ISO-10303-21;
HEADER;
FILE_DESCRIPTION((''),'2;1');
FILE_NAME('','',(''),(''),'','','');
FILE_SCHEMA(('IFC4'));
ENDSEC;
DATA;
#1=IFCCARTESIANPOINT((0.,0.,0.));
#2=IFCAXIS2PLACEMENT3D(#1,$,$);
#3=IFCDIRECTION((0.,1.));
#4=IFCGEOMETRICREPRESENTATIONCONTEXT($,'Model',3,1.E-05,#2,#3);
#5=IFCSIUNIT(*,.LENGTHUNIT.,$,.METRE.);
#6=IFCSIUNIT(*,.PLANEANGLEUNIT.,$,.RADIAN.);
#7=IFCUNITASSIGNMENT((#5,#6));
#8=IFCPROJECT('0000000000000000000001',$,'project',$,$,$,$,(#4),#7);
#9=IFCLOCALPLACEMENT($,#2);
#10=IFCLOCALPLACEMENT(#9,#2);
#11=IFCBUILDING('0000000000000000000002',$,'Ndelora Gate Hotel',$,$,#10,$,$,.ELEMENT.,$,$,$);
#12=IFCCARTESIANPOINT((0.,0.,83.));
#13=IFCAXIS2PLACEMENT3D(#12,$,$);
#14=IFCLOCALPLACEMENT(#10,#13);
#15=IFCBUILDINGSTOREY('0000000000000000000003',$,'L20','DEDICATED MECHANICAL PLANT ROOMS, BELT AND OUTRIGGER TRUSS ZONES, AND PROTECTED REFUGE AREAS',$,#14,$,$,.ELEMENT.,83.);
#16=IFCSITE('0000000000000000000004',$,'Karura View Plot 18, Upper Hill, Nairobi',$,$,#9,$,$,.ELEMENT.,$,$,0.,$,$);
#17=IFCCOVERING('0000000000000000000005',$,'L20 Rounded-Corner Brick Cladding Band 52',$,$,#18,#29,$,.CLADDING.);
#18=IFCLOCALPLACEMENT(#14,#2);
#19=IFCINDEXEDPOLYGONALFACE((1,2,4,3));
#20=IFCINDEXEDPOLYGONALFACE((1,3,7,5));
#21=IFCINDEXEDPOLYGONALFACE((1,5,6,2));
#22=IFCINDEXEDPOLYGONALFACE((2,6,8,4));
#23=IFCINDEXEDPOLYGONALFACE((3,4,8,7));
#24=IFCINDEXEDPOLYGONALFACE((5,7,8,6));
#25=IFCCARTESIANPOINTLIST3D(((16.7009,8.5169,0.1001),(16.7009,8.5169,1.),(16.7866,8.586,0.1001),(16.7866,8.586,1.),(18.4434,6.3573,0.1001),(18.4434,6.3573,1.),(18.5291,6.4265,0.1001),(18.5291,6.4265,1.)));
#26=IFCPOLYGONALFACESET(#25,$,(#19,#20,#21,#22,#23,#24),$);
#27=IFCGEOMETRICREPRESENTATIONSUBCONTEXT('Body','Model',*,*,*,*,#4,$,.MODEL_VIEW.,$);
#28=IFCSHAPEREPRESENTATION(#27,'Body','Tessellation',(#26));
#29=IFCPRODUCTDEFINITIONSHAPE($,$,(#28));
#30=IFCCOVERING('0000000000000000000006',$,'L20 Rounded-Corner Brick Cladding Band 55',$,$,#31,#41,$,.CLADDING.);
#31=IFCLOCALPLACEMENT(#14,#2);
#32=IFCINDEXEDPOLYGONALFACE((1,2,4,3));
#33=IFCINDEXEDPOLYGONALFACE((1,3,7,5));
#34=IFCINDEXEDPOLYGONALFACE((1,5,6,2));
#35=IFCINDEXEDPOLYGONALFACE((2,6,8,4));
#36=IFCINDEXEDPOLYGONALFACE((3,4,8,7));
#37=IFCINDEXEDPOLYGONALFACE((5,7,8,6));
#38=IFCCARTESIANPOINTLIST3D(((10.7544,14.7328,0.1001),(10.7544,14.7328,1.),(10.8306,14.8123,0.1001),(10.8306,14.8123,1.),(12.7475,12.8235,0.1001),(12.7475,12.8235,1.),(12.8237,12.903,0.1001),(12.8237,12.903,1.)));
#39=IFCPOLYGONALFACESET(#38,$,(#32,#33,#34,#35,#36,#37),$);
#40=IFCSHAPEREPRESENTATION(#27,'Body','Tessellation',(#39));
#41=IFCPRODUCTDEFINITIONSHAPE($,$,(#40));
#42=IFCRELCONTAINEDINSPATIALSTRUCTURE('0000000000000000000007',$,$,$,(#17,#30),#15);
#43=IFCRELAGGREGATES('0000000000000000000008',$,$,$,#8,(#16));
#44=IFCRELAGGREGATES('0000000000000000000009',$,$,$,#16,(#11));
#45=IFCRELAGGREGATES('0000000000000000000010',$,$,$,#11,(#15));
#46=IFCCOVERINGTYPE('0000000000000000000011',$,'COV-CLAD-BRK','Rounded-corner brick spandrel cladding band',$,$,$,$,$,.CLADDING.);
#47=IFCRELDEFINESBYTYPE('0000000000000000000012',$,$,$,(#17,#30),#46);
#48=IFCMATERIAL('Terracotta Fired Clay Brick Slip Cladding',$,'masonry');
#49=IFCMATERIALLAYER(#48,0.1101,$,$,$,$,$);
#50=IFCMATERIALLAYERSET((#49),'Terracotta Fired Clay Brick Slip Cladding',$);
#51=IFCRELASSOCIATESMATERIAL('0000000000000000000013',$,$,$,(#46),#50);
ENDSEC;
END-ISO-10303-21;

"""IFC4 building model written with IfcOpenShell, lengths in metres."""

from ifc_helpers import new_model, si_unit, direction, frame, origin, origin_2d, place, context, subcontext, project, spatial, rectangle, extrude, material, layer, layer_set, type_object, element, save


model = new_model("IFC4")

# Units and contexts
model_context = context("Model", 3, precision=1e-05, world=origin(), true_north=direction((0.0, 1.0)))
body_context = subcontext(model_context, "Body", "Model", "MODEL_VIEW")
ifc_project = project(units=[si_unit("LENGTHUNIT", "METRE"), si_unit("PLANEANGLEUNIT", "RADIAN")], contexts=[model_context])

# Site, building, storey
site_placement = place(None, origin())
site = spatial("IfcSite", under=ifc_project, at=site_placement, Name="Karura View Plot 18, Upper Hill, Nairobi", CompositionType="ELEMENT", RefElevation=0.0)
building_placement = place(site_placement, origin())
building = spatial("IfcBuilding", under=site, at=building_placement, Name="Ndelora Gate Hotel", CompositionType="ELEMENT")
storey_placement = place(building_placement, frame((0.0, 0.0, 83.0)))
storey = spatial("IfcBuildingStorey", under=building, at=storey_placement, Name="L20", Description="DEDICATED MECHANICAL PLANT ROOMS, BELT AND OUTRIGGER TRUSS ZONES, AND PROTECTED REFUGE AREAS", CompositionType="ELEMENT", Elevation=83.0)

# Coverings
ifc_material_1 = material(Name="Terracotta Fired Clay Brick Slip Cladding", Category="masonry")
ifc_layer_1 = layer(ifc_material_1, 0.1101)
ifc_layer_set_1 = layer_set([ifc_layer_1], Name="Terracotta Fired Clay Brick Slip Cladding")
covering_type = type_object("IfcCoveringType", Name="COV-CLAD-BRK", Description="Rounded-corner brick spandrel cladding band", PredefinedType="CLADDING", material=ifc_layer_set_1)
covering_1_placement = place(storey_placement, frame((17.615, 7.4717, 0.1001), z_axis=(0.0, 0.0, 1.0), x_axis=(-0.627963, 0.778243, 0.0)))
element("IfcCovering", 1, at=covering_1_placement, inside=storey, type_object=covering_type, Name="L20 Rounded-Corner Brick Cladding Band 52", PredefinedType="CLADDING", context=body_context, shape_type="SweptSolid", body=[
    extrude(rectangle(XDim=2.7749, YDim=0.1101, at=origin_2d()), origin(), (0.0, 0.0, 1.0), 0.8999),
])
covering_2_placement = place(storey_placement, frame((11.7891, 13.8179, 0.1001), z_axis=(0.0, 0.0, 1.0), x_axis=(-0.722123, 0.691765, 0.0)))
element("IfcCovering", 2, at=covering_2_placement, inside=storey, type_object=covering_type, Name="L20 Rounded-Corner Brick Cladding Band 55", PredefinedType="CLADDING", context=body_context, shape_type="SweptSolid", body=[
    extrude(rectangle(XDim=2.76, YDim=0.1101, at=origin_2d()), origin(), (0.0, 0.0, 1.0), 0.8999),
])

save(model, "model.ifc")
